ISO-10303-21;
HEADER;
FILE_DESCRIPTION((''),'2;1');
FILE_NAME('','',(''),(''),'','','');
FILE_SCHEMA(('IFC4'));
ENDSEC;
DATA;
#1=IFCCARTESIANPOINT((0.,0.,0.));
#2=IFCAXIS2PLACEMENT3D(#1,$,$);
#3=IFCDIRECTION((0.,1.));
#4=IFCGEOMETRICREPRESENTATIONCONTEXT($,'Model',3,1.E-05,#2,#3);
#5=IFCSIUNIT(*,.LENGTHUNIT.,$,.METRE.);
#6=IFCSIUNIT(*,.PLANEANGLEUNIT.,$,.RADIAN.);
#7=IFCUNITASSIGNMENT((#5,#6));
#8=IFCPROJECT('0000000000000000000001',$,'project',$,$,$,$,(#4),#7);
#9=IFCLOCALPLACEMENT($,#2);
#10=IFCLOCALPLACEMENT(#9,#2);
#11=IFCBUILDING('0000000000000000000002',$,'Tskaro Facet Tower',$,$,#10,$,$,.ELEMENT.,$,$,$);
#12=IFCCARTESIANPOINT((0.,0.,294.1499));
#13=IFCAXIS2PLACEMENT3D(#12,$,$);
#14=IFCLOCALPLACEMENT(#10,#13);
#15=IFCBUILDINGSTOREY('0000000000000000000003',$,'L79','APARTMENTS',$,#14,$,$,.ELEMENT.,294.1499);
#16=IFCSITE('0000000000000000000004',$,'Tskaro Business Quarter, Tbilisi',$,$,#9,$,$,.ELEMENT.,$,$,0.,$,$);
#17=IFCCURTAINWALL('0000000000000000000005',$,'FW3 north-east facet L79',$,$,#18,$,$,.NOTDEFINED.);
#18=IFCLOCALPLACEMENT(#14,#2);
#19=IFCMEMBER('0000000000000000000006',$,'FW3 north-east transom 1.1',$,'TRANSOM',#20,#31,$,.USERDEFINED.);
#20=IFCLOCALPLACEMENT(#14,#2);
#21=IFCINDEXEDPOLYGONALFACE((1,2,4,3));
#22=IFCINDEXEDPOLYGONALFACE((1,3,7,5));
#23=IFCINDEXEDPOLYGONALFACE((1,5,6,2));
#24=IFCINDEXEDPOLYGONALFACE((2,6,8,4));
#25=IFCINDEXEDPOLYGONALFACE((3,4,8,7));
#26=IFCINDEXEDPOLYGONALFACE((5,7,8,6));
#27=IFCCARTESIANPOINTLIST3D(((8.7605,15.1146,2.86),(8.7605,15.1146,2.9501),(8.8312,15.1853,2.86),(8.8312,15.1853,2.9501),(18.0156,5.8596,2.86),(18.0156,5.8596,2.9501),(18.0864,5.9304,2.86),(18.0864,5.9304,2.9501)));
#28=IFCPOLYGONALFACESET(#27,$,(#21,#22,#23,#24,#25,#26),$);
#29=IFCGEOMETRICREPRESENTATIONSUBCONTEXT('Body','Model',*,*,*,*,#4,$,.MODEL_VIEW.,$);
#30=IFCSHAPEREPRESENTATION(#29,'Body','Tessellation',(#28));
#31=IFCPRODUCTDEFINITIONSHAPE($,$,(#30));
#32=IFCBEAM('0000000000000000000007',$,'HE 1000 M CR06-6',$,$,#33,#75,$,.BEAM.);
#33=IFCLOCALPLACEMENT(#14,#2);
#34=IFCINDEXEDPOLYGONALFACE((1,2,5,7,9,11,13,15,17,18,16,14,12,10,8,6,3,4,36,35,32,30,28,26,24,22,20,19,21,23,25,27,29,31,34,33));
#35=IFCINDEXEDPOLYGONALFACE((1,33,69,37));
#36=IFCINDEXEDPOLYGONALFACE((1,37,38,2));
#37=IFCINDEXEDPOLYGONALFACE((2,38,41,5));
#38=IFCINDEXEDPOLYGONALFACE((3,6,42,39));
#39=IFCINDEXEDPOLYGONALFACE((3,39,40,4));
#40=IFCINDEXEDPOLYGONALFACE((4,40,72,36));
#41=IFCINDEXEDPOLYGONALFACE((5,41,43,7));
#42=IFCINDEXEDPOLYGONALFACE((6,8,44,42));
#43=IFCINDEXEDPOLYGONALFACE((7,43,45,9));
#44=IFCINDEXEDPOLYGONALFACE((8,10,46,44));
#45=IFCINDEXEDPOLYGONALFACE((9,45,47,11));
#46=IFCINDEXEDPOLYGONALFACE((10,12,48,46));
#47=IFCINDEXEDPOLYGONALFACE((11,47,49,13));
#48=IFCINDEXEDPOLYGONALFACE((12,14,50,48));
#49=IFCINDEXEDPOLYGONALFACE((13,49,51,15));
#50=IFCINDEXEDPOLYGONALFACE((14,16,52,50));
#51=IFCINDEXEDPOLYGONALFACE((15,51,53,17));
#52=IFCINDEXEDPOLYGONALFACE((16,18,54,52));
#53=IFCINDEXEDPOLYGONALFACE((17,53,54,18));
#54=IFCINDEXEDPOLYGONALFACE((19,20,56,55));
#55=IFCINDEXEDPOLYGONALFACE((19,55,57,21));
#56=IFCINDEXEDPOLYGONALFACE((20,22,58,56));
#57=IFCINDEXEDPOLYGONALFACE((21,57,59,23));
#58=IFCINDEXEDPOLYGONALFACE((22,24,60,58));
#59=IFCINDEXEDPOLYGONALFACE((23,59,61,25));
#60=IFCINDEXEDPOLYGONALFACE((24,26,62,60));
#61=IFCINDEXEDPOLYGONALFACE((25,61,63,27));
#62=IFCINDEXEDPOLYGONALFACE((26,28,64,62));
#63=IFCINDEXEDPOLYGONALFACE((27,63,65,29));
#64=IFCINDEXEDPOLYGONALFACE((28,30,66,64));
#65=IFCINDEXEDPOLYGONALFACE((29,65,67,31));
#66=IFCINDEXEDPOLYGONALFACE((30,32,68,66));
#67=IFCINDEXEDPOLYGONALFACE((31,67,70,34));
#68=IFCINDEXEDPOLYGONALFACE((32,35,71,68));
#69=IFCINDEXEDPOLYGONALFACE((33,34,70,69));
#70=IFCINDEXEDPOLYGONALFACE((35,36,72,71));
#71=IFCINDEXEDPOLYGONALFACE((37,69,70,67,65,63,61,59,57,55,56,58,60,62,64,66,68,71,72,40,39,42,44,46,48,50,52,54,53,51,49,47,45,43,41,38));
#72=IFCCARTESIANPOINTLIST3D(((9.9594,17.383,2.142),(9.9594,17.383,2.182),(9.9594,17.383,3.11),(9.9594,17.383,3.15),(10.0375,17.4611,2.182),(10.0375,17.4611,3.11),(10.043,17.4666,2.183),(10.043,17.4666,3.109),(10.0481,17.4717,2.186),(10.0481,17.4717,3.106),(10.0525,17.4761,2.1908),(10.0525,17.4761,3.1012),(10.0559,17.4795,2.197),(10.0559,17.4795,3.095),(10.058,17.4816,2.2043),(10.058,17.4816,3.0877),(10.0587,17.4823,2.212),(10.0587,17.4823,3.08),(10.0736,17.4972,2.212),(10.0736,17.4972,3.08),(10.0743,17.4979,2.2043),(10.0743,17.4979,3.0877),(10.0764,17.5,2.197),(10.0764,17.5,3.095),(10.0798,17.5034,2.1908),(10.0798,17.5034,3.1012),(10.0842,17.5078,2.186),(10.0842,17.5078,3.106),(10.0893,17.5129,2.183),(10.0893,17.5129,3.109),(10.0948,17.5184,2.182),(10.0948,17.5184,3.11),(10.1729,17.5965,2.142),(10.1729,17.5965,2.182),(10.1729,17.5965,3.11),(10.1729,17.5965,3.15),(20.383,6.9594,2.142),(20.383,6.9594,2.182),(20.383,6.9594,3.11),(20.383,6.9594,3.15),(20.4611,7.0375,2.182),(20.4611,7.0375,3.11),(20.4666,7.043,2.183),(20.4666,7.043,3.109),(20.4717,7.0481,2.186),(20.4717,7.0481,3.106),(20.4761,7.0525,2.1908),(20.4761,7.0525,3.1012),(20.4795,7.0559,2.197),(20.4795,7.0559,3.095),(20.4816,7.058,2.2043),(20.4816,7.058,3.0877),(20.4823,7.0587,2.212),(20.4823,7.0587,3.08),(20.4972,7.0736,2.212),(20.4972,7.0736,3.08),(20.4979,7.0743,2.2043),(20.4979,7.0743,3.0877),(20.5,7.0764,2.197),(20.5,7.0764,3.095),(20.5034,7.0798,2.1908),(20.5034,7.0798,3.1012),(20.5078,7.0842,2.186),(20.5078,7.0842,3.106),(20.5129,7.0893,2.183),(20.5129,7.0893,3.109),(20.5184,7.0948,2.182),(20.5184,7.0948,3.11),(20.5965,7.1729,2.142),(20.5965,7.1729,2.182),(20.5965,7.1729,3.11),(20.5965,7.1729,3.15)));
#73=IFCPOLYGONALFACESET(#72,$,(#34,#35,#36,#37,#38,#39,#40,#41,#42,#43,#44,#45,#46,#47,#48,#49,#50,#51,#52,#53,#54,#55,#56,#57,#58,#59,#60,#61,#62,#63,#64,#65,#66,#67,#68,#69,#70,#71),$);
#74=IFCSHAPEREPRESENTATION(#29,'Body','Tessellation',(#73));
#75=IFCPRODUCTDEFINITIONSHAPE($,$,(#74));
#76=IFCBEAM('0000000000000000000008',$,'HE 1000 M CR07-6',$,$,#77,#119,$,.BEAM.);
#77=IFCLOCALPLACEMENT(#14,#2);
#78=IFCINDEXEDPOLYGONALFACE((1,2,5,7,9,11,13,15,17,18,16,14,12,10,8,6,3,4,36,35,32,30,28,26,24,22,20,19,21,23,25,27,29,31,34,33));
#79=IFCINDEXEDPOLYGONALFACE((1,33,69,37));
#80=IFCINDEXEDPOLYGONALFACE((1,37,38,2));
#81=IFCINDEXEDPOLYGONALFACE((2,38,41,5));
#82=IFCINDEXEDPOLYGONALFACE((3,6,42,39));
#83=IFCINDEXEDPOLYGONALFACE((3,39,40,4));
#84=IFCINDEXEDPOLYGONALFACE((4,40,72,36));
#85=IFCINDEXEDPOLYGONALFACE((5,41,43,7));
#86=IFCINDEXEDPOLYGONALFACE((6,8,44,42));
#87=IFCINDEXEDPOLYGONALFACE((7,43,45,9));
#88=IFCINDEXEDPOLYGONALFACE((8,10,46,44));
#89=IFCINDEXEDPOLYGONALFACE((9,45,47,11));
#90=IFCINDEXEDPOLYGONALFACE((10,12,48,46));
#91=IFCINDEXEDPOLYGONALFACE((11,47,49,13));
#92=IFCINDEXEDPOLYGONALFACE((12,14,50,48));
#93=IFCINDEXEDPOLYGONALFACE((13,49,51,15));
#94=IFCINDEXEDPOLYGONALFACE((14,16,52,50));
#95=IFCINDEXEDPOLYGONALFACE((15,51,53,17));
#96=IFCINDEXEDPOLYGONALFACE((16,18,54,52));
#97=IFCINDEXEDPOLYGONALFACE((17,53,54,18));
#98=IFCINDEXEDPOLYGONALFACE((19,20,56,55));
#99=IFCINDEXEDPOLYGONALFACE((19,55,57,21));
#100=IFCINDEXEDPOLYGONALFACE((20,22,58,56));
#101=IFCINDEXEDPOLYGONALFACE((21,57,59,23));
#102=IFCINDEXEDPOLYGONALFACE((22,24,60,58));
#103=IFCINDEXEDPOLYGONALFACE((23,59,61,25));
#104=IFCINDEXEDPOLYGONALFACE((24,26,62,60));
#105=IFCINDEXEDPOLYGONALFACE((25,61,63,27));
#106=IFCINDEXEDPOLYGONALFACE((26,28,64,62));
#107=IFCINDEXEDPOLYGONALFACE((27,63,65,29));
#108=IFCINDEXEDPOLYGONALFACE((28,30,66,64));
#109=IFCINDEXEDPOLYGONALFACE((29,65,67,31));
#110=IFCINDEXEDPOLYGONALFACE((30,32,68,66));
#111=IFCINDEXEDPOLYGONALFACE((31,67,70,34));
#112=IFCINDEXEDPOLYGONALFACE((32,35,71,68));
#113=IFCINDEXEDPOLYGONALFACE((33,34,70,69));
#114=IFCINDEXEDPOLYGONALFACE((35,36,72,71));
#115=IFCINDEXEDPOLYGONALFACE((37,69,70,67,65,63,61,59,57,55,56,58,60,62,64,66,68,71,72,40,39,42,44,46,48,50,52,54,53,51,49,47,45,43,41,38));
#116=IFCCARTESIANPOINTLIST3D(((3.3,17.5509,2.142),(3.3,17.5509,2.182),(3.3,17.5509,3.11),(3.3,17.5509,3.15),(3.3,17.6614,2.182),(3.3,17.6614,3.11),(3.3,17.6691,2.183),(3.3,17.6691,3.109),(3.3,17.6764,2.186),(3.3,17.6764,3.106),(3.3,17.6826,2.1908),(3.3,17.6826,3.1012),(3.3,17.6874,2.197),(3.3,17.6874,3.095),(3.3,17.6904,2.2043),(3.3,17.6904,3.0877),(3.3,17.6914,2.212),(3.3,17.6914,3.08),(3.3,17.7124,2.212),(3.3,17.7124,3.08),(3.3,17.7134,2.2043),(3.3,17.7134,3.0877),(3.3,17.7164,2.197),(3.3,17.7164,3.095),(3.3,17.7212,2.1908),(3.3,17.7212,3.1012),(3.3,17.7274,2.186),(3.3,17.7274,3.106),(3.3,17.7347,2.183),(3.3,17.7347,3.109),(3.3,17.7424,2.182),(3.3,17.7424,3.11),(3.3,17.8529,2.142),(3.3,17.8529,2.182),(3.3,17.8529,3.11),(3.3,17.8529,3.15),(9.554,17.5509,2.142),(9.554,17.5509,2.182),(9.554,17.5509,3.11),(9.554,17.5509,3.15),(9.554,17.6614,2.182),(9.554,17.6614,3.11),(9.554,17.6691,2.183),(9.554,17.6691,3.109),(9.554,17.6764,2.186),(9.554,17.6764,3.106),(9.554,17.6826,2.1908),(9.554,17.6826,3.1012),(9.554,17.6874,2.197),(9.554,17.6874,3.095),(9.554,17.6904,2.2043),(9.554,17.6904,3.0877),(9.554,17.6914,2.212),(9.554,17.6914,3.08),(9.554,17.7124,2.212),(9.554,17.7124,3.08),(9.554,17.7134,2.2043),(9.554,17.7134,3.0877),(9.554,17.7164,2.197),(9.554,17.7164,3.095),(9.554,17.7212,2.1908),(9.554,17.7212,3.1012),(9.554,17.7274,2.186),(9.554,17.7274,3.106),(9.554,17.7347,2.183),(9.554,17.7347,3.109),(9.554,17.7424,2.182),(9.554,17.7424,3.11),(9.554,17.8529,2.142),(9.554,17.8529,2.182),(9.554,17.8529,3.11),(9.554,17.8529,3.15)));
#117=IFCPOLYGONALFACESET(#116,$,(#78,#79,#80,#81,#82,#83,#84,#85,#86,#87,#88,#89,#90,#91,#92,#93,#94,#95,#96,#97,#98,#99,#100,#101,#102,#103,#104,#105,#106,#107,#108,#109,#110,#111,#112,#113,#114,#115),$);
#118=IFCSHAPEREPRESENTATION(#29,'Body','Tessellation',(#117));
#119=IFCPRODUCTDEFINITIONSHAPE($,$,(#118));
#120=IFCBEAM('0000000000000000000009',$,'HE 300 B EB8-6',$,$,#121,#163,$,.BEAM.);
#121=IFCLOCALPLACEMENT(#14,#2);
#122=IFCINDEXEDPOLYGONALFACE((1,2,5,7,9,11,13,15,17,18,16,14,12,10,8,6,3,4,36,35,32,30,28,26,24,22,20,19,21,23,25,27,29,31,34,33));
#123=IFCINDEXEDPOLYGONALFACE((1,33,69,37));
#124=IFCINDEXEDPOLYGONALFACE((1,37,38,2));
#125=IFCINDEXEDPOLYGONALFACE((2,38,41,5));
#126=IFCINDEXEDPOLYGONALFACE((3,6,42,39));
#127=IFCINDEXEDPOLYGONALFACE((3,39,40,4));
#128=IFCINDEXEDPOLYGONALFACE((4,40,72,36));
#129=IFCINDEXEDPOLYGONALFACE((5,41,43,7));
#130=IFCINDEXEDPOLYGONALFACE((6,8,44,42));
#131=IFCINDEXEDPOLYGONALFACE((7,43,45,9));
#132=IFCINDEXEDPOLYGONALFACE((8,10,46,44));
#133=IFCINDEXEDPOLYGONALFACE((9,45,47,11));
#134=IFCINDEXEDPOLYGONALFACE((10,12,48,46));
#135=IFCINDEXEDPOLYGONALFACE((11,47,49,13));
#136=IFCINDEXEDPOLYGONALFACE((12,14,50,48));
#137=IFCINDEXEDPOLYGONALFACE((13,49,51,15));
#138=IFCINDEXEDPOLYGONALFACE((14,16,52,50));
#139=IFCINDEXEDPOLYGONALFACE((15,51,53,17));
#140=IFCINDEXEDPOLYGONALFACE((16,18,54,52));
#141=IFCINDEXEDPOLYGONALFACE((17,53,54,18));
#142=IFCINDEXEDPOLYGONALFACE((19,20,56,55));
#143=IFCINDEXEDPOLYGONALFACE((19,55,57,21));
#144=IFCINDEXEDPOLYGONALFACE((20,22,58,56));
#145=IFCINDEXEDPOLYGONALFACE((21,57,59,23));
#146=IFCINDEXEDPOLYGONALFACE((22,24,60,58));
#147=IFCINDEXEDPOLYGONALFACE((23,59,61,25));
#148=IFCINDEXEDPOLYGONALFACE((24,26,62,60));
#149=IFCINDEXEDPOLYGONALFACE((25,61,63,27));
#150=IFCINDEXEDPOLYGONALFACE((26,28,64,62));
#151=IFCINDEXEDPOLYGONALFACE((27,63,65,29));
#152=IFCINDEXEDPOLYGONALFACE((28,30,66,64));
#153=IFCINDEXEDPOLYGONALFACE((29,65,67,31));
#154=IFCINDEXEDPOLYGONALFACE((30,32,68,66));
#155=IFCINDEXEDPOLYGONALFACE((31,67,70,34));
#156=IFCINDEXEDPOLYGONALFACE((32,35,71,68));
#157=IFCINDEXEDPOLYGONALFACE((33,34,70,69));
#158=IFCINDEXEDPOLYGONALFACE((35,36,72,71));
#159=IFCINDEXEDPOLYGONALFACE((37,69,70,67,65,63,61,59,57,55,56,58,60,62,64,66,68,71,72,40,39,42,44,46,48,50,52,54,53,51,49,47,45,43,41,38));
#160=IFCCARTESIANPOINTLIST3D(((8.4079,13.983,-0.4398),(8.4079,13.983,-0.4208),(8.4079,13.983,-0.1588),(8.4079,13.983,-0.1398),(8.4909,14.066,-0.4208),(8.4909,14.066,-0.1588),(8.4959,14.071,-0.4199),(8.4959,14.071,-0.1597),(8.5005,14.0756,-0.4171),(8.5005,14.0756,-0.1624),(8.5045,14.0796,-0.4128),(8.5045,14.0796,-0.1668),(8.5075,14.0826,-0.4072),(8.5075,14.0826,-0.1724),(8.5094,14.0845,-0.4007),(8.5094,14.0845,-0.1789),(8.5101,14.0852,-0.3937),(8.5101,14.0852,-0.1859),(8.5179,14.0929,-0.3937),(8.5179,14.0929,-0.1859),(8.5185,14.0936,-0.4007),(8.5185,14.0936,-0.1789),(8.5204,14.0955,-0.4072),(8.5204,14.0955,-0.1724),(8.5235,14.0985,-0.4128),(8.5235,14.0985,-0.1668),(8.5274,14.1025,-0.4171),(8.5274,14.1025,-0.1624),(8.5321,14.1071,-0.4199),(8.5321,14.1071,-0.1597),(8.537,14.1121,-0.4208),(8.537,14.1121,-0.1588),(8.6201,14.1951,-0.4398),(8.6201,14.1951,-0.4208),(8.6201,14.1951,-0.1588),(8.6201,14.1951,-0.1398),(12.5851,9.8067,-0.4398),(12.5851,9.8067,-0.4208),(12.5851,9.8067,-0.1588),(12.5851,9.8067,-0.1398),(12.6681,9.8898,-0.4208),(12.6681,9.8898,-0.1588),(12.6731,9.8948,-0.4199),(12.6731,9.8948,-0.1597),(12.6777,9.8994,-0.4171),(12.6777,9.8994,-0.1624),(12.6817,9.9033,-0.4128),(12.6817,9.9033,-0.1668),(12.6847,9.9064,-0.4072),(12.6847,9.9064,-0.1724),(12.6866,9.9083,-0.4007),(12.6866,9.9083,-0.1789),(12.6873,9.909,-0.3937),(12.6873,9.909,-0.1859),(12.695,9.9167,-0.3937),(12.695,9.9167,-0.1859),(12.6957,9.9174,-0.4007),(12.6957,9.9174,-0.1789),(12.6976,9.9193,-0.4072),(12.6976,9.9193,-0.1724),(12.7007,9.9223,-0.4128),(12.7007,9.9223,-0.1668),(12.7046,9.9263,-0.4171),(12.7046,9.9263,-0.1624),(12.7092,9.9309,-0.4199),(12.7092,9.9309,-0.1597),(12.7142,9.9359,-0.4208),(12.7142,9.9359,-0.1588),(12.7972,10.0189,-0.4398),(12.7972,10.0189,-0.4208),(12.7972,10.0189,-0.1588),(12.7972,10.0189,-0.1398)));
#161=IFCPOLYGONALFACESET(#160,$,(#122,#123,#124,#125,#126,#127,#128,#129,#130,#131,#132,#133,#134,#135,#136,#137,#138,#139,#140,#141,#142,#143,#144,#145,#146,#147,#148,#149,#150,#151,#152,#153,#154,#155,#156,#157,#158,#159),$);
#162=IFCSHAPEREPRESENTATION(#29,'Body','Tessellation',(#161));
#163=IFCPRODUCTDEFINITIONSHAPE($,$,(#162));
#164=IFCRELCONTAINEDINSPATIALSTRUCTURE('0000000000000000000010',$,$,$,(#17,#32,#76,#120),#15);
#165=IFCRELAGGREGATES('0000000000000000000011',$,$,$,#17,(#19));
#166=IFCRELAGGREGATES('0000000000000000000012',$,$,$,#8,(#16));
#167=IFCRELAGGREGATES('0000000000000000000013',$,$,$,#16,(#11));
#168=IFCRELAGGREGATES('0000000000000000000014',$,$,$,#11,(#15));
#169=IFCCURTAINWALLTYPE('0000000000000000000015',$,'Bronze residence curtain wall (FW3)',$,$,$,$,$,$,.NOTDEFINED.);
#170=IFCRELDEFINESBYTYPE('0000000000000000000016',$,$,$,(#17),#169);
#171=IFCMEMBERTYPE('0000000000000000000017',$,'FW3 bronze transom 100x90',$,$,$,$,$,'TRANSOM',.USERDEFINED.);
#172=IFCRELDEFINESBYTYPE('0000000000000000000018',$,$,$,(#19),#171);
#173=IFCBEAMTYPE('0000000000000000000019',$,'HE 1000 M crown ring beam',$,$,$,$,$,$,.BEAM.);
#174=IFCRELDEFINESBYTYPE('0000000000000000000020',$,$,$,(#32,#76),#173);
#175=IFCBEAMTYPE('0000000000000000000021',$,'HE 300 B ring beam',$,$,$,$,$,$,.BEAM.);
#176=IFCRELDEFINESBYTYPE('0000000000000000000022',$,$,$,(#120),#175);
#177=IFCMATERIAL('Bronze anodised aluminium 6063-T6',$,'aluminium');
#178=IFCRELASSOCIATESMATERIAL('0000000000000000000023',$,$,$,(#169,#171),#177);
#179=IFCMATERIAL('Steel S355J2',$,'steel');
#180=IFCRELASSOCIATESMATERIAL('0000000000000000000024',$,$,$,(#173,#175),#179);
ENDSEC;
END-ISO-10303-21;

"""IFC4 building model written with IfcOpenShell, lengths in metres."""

from ifc_helpers import new_model, si_unit, direction, frame, origin, origin_2d, place, context, subcontext, project, spatial, rectangle, i_section, extrude, material, material_profile, profile_set, type_object, element, aggregate, save


model = new_model("IFC4")

# Units and contexts
model_context = context("Model", 3, precision=1e-05, world=origin(), true_north=direction((0.0, 1.0)))
body_context = subcontext(model_context, "Body", "Model", "MODEL_VIEW")
ifc_project = project(units=[si_unit("LENGTHUNIT", "METRE"), si_unit("PLANEANGLEUNIT", "RADIAN")], contexts=[model_context])

# Site, building, storey
site_placement = place(None, origin())
site = spatial("IfcSite", under=ifc_project, at=site_placement, Name="Tskaro Business Quarter, Tbilisi", CompositionType="ELEMENT", RefElevation=0.0)
building_placement = place(site_placement, origin())
building = spatial("IfcBuilding", under=site, at=building_placement, Name="Tskaro Facet Tower", CompositionType="ELEMENT")
storey_placement = place(building_placement, frame((0.0, 0.0, 294.1499)))
storey = spatial("IfcBuildingStorey", under=building, at=storey_placement, Name="L79", Description="APARTMENTS", CompositionType="ELEMENT", Elevation=294.1499)

# Shared definitions
ifc_material_1 = material(Name="Steel S355J2", Category="steel")

# Curtain wall, member
ifc_material_2 = material(Name="Bronze anodised aluminium 6063-T6", Category="aluminium")
curtain_wall_type = type_object("IfcCurtainWallType", Name="Bronze residence curtain wall (FW3)", PredefinedType="NOTDEFINED", material=ifc_material_2)
curtain_wall_placement = place(storey_placement, origin())
curtain_wall = element("IfcCurtainWall", 1, at=curtain_wall_placement, inside=storey, type_object=curtain_wall_type, Name="FW3 north-east facet L79", PredefinedType="NOTDEFINED")
ifc_material_profile_1 = material_profile(ifc_material_2, rectangle(XDim=0.1001, YDim=0.0901, at=origin_2d()), Name="Transom 100x90")
ifc_profile_set_1 = profile_set([ifc_material_profile_1], Name="Bronze anodised aluminium 6063-T6")
member_type_1 = type_object("IfcMemberType", Name="FW3 bronze transom 100x90", ElementType="TRANSOM", PredefinedType="USERDEFINED", material=ifc_profile_set_1)
member_1_placement = place(storey_placement, frame((18.051, 5.895, 2.905), z_axis=(-0.707116, 0.707097, 0.0), x_axis=(-0.707097, -0.707116, 0.0)))
member_1 = element("IfcMember", 2, at=member_1_placement, type_object=member_type_1, Name="FW3 north-east transom 1.1", ObjectType="TRANSOM", PredefinedType="USERDEFINED", context=body_context, shape_type="SweptSolid", body=[
    extrude(rectangle(XDim=0.1001, YDim=0.0901, at=origin_2d()), origin(), (0.0, 0.0, 1.0), 13.0886),
])

# Beams
ifc_material_profile_2 = material_profile(ifc_material_1, i_section(OverallWidth=0.302, OverallDepth=1.0081, WebThickness=0.021, FlangeThickness=0.04, FilletRadius=0.03, at=origin_2d()), Name="HE 1000 M")
ifc_profile_set_2 = profile_set([ifc_material_profile_2], Name="Steel S355J2")
beam_type_1 = type_object("IfcBeamType", Name="HE 1000 M crown ring beam", PredefinedType="BEAM", material=ifc_profile_set_2)
beam_1_placement = place(storey_placement, frame((20.4897, 7.0662, 2.646), z_axis=(-0.707107, 0.707107, 0.0), x_axis=(-0.707107, -0.707107, 0.0)))
element("IfcBeam", 3, at=beam_1_placement, inside=storey, type_object=beam_type_1, Name="HE 1000 M CR06-6", PredefinedType="BEAM", context=body_context, shape_type="SweptSolid", body=[
    extrude(i_section(OverallWidth=0.302, OverallDepth=1.0081, WebThickness=0.021, FlangeThickness=0.04, FilletRadius=0.03, at=origin_2d()), origin(), (0.0, 0.0, 1.0), 14.7412),
])
beam_2_placement = place(storey_placement, frame((9.554, 17.7019, 2.646), z_axis=(-1.0, 0.0, 0.0), x_axis=(0.0, -1.0, 0.0)))
element("IfcBeam", 4, at=beam_2_placement, inside=storey, type_object=beam_type_1, Name="HE 1000 M CR07-6", PredefinedType="BEAM", context=body_context, shape_type="SweptSolid", body=[
    extrude(i_section(OverallWidth=0.302, OverallDepth=1.0081, WebThickness=0.021, FlangeThickness=0.04, FilletRadius=0.03, at=origin_2d()), origin(), (0.0, 0.0, 1.0), 6.2539),
])
ifc_material_profile_3 = material_profile(ifc_material_1, i_section(OverallWidth=0.3, OverallDepth=0.3, WebThickness=0.011, FlangeThickness=0.019, FilletRadius=0.0271, at=origin_2d()), Name="HE 300 B")
ifc_profile_set_3 = profile_set([ifc_material_profile_3], Name="Steel S355J2")
beam_type_2 = type_object("IfcBeamType", Name="HE 300 B ring beam", PredefinedType="BEAM", material=ifc_profile_set_3)
beam_3_placement = place(storey_placement, frame((12.6912, 9.9128, -0.2898), z_axis=(-0.707189, 0.707024, 0.0), x_axis=(-0.707024, -0.707189, 0.0)))
element("IfcBeam", 5, at=beam_3_placement, inside=storey, type_object=beam_type_2, Name="HE 300 B EB8-6", PredefinedType="BEAM", context=body_context, shape_type="SweptSolid", body=[
    extrude(i_section(OverallWidth=0.3, OverallDepth=0.3, WebThickness=0.011, FlangeThickness=0.019, FilletRadius=0.0271, at=origin_2d()), origin(), (0.0, 0.0, 1.0), 5.9067),
])

aggregate(curtain_wall, [member_1])

save(model, "model.ifc")
